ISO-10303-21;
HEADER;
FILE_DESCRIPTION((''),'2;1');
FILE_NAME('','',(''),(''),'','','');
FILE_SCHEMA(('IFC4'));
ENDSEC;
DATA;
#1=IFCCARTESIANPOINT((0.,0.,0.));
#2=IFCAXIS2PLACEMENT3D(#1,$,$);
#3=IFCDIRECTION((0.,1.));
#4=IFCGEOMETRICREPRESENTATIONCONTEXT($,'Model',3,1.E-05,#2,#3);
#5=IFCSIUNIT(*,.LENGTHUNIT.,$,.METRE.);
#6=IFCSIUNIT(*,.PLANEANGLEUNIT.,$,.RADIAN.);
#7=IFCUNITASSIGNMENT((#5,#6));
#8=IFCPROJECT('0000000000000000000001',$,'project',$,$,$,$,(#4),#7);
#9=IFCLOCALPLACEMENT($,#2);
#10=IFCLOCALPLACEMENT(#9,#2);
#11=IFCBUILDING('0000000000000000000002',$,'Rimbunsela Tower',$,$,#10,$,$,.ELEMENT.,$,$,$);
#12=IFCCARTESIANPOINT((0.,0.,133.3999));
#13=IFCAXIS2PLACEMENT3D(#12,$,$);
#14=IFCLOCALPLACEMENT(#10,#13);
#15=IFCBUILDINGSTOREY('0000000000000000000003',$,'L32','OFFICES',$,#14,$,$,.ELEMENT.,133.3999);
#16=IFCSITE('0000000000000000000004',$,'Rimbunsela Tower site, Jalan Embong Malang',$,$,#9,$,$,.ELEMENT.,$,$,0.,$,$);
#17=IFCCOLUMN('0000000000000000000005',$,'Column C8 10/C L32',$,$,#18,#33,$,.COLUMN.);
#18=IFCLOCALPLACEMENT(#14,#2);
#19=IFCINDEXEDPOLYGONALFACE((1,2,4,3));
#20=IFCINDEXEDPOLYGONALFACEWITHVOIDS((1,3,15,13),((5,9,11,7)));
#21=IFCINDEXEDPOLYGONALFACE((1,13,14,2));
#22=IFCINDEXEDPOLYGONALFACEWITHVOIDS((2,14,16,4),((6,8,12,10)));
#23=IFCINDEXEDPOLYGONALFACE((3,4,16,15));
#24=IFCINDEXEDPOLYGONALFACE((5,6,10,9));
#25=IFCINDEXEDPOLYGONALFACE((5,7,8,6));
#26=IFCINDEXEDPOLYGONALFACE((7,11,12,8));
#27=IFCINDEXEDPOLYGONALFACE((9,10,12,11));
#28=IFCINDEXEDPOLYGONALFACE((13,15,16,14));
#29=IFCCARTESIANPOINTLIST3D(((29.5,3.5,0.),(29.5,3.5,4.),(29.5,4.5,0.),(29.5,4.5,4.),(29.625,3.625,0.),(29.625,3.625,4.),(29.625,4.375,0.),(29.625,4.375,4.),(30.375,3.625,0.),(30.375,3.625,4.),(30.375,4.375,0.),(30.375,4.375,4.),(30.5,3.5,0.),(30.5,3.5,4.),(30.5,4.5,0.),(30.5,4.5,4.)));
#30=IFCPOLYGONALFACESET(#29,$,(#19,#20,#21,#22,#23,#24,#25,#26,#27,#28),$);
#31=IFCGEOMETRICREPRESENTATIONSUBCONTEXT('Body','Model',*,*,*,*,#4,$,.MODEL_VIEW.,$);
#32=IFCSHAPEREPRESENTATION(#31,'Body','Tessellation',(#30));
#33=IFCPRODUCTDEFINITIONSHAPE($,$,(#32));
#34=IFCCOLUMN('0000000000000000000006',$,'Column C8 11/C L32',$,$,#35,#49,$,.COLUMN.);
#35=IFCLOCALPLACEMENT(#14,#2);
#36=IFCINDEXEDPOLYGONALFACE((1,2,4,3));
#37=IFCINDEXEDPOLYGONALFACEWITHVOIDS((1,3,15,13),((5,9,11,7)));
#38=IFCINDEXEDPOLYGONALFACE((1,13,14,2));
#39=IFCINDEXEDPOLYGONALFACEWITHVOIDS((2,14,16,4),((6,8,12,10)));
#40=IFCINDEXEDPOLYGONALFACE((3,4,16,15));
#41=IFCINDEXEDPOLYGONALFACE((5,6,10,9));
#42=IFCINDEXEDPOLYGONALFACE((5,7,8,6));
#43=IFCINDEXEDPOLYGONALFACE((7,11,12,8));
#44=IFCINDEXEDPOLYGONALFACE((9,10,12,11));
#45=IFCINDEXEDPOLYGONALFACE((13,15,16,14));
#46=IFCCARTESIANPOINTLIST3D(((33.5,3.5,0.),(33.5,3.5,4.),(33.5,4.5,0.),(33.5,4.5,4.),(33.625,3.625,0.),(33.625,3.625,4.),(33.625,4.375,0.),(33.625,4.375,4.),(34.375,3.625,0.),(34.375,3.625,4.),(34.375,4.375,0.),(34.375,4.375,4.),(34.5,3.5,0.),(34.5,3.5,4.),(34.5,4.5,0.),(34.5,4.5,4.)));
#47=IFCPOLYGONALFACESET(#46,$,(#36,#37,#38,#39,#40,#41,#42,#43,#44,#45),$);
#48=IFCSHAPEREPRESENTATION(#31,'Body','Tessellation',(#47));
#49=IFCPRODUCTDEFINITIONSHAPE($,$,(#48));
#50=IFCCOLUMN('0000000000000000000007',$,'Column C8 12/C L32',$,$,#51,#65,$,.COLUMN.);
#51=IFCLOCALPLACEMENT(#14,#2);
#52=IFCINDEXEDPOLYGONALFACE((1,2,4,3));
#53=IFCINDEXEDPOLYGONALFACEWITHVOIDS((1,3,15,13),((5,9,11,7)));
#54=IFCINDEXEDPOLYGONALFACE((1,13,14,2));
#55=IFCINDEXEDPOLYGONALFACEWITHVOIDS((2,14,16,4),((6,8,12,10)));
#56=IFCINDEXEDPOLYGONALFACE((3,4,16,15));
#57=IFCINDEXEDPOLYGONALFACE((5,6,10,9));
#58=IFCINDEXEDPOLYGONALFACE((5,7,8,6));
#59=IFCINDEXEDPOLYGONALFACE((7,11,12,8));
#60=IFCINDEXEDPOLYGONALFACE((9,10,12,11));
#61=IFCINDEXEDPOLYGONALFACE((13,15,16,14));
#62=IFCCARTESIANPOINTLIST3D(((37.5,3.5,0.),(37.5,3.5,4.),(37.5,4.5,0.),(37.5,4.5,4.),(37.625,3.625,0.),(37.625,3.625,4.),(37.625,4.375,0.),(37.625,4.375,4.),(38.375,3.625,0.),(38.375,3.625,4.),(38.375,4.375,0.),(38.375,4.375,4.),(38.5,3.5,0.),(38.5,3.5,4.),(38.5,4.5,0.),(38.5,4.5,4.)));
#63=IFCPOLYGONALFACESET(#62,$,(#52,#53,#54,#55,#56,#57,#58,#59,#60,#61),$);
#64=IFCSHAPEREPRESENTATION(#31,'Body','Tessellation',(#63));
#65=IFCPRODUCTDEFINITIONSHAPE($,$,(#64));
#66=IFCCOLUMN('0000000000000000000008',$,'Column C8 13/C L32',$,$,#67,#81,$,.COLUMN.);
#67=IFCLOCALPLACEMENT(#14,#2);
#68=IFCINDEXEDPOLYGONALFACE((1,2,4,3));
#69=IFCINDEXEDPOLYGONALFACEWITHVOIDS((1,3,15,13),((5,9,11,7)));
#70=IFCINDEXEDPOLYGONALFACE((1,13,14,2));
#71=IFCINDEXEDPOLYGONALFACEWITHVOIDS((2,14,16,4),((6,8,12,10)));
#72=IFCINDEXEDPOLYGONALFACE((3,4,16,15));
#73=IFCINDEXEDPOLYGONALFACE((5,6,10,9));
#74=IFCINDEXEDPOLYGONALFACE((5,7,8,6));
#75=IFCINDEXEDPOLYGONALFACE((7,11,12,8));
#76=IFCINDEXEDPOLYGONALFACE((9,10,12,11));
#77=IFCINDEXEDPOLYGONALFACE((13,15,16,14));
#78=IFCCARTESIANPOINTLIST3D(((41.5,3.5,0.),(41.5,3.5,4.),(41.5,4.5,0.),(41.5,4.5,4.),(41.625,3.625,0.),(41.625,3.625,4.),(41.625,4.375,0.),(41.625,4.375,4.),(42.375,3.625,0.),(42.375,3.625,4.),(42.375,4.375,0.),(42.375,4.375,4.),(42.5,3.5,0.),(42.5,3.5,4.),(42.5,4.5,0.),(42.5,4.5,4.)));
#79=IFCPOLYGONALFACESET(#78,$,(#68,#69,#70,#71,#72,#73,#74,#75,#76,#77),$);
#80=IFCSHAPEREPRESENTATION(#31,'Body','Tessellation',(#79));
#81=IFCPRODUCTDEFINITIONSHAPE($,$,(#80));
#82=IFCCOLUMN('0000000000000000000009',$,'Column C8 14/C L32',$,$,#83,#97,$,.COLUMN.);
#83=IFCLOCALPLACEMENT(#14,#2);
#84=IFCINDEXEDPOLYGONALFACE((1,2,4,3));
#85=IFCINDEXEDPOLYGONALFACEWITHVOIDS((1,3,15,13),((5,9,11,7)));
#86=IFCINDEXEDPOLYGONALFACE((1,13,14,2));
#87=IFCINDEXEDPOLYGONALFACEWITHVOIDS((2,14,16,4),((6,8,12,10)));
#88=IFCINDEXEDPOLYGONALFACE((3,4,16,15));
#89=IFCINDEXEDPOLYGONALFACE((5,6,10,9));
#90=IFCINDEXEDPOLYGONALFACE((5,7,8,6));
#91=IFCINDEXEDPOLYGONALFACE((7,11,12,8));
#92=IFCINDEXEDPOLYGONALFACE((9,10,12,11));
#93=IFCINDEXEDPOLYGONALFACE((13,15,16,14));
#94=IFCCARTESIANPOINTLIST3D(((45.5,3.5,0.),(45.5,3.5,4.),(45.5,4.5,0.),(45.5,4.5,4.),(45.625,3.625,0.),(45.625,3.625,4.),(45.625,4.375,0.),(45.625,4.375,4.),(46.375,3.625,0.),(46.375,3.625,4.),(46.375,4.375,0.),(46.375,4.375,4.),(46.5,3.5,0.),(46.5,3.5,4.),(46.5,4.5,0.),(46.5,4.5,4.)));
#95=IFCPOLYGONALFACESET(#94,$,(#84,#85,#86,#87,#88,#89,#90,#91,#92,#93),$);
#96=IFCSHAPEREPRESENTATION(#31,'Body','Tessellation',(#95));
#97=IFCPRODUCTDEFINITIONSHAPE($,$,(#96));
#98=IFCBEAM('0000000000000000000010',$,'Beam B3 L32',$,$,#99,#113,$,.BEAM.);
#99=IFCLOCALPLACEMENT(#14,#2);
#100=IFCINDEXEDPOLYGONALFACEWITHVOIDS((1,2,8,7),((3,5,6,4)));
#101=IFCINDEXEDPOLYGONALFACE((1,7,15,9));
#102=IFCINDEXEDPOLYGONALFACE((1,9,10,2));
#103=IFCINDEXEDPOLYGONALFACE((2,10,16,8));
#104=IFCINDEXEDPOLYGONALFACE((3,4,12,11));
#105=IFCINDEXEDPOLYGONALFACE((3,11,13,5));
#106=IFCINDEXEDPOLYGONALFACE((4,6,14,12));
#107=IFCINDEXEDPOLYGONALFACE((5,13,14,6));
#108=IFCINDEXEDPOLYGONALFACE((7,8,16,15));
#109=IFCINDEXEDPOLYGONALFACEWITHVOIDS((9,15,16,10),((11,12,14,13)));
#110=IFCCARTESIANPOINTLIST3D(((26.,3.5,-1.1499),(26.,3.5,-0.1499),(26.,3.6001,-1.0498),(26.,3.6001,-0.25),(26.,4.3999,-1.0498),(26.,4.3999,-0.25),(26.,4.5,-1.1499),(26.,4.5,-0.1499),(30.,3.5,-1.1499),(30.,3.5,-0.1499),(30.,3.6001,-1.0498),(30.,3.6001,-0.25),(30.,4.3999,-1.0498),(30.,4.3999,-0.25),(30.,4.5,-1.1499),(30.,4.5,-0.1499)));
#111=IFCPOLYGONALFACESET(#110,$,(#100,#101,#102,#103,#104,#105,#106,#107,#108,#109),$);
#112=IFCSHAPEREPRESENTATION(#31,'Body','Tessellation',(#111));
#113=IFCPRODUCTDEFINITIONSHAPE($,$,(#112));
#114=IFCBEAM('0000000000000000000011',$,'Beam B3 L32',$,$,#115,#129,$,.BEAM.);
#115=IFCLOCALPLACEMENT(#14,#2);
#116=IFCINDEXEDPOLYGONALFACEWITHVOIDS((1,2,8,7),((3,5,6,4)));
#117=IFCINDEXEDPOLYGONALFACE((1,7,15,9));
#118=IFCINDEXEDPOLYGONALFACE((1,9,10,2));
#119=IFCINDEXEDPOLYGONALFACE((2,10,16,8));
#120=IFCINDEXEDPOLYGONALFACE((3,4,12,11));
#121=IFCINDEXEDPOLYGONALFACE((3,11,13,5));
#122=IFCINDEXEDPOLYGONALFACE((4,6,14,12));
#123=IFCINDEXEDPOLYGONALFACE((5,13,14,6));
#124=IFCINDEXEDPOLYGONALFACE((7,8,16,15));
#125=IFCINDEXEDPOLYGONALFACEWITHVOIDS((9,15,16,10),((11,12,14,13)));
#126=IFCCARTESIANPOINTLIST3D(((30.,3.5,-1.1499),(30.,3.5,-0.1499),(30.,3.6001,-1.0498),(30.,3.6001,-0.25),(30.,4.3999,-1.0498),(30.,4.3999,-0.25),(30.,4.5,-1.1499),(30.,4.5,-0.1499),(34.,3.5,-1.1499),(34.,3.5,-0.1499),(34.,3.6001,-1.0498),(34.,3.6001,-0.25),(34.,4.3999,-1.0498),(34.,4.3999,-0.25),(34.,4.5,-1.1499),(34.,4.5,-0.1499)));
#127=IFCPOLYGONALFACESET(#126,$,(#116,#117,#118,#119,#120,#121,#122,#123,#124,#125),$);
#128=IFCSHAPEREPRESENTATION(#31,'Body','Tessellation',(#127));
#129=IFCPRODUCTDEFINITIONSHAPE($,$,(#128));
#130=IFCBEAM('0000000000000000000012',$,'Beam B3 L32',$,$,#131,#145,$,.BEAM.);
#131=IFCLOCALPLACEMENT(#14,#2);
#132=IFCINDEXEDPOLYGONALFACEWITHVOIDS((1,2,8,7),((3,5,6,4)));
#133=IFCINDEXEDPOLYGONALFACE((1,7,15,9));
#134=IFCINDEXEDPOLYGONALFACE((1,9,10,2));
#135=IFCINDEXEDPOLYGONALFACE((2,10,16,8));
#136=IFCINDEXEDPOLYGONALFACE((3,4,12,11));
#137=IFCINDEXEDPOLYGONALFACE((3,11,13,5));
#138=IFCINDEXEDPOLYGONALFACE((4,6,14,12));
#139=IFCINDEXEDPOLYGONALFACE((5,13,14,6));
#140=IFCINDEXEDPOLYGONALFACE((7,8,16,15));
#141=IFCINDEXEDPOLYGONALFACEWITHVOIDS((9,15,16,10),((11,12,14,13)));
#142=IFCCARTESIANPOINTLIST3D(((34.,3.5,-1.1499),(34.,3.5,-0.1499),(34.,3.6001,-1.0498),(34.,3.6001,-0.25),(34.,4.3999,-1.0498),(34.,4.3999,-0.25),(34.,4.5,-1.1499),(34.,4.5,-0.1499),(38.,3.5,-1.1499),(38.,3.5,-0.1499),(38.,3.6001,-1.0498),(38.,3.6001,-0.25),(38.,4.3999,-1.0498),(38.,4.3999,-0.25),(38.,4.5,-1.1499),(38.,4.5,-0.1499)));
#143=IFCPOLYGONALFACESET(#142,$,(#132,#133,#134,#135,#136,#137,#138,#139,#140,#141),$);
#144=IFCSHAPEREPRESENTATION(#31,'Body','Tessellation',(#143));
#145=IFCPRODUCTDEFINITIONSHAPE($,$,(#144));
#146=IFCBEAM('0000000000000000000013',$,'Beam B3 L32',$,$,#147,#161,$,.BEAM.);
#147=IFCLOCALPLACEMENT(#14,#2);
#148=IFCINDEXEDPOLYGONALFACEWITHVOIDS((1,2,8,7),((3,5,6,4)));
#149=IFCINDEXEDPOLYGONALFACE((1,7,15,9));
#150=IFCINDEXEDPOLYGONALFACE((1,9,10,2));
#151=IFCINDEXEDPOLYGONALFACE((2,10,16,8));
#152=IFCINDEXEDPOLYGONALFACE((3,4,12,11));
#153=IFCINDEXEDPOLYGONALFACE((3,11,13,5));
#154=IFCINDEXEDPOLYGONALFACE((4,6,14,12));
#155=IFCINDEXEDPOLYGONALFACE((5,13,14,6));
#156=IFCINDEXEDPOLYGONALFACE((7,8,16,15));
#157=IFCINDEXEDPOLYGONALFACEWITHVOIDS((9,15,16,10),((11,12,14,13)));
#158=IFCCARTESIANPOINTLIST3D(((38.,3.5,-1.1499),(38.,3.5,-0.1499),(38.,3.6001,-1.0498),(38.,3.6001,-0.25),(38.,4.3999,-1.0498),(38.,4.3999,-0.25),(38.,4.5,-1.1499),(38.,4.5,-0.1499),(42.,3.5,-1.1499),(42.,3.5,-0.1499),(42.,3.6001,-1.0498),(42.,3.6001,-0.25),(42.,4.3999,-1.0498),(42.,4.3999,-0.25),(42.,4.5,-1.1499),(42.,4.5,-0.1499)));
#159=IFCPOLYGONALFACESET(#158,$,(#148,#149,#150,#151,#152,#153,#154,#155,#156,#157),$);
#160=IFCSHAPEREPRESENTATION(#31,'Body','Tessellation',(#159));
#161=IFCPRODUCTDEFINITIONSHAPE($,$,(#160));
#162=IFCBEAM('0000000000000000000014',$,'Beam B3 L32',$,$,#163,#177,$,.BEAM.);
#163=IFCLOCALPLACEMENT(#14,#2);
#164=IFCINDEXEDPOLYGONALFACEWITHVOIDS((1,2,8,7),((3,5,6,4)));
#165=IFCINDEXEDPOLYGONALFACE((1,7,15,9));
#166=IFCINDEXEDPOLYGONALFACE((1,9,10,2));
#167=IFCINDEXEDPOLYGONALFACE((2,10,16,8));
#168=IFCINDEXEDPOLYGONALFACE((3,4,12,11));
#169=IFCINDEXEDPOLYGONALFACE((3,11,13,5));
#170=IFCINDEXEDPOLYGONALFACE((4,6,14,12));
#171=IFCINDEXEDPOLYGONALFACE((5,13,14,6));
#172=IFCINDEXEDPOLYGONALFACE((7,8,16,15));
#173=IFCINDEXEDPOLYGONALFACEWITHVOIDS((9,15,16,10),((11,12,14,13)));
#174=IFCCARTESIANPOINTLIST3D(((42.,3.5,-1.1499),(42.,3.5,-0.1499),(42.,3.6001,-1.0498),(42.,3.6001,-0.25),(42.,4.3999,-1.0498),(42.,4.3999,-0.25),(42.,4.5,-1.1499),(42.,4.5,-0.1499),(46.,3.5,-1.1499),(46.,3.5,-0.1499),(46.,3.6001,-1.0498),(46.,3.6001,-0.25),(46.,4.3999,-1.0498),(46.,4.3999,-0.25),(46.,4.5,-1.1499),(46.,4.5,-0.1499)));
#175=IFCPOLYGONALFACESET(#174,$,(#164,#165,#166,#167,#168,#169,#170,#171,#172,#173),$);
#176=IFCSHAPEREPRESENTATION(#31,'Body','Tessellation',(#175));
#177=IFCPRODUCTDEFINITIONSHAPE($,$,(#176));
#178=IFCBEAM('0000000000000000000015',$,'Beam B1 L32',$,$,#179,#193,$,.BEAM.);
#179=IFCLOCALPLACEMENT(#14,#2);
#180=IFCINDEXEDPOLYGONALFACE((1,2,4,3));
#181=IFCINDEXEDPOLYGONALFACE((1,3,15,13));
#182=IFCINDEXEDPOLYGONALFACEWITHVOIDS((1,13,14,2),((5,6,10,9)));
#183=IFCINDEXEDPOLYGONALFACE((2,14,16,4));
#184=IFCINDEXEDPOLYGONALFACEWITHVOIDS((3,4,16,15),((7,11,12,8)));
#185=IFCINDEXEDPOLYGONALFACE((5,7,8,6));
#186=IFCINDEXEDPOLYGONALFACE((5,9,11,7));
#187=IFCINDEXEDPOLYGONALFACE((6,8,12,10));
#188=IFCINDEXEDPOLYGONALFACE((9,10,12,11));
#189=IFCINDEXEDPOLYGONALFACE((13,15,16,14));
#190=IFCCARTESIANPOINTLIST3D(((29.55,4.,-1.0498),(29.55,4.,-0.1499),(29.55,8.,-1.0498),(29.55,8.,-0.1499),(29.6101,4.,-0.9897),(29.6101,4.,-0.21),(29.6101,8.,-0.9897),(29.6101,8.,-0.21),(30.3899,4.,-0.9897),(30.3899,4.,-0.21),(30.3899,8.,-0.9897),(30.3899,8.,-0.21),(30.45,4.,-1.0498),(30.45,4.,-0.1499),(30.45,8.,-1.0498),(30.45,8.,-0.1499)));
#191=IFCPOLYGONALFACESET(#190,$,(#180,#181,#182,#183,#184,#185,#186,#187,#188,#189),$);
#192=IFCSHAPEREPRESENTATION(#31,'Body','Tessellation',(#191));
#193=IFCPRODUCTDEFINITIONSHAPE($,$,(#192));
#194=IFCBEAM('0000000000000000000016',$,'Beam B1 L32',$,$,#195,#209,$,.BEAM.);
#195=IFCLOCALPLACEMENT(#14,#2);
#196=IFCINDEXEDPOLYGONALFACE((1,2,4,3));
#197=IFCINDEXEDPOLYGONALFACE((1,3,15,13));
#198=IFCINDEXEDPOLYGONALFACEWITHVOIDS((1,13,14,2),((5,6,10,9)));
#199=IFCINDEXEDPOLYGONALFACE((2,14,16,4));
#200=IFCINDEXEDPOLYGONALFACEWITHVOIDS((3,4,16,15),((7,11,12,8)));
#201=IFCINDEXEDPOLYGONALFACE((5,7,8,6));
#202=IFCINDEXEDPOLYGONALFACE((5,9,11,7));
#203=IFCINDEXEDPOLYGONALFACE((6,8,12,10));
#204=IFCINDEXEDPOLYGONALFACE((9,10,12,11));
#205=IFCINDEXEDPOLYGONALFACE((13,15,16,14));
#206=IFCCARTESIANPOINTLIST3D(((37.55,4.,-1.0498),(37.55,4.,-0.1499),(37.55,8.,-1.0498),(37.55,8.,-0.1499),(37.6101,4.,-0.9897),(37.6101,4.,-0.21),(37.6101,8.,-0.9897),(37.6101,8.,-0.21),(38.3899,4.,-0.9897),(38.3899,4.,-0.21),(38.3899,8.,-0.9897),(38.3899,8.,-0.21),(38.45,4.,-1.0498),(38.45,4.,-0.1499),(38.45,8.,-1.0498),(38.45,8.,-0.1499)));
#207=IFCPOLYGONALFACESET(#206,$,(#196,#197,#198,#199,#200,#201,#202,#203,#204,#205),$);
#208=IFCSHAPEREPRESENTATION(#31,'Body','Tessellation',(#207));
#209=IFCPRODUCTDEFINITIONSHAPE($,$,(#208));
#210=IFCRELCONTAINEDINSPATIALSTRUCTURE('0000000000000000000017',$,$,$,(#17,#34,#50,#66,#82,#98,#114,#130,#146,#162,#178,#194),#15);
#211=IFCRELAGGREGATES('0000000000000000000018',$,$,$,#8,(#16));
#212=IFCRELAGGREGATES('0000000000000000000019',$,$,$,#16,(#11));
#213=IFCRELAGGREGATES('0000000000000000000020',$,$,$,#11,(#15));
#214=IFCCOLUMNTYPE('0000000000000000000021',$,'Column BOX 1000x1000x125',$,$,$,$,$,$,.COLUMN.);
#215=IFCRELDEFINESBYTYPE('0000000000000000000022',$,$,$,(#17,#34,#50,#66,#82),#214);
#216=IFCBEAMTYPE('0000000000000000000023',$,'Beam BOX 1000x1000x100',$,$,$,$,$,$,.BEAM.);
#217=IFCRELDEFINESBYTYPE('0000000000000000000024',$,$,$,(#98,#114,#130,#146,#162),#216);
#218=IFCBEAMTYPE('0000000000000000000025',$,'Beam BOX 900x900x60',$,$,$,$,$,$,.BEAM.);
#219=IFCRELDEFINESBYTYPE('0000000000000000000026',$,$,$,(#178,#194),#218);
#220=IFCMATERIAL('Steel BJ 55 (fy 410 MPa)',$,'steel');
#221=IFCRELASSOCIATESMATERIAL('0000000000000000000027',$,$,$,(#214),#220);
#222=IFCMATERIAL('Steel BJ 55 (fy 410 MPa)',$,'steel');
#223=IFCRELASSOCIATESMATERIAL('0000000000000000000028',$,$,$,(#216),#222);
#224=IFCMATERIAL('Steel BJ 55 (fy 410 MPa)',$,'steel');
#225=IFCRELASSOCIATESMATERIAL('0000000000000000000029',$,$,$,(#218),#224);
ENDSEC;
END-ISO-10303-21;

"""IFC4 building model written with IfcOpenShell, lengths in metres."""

from ifc_helpers import new_model, si_unit, direction, frame, origin, origin_2d, place, context, subcontext, project, spatial, hollow_rectangle, extrude, material, material_profile, profile_set, type_object, element, save


model = new_model("IFC4")

# Units and contexts
model_context = context("Model", 3, precision=1e-05, world=origin(), true_north=direction((0.0, 1.0)))
body_context = subcontext(model_context, "Body", "Model", "MODEL_VIEW")
ifc_project = project(units=[si_unit("LENGTHUNIT", "METRE"), si_unit("PLANEANGLEUNIT", "RADIAN")], contexts=[model_context])

# Site, building, storey
site_placement = place(None, origin())
site = spatial("IfcSite", under=ifc_project, at=site_placement, Name="Rimbunsela Tower site, Jalan Embong Malang", CompositionType="ELEMENT", RefElevation=0.0)
building_placement = place(site_placement, origin())
building = spatial("IfcBuilding", under=site, at=building_placement, Name="Rimbunsela Tower", CompositionType="ELEMENT")
storey_placement = place(building_placement, frame((0.0, 0.0, 133.3999)))
storey = spatial("IfcBuildingStorey", under=building, at=storey_placement, Name="L32", Description="OFFICES", CompositionType="ELEMENT", Elevation=133.3999)

# Columns
ifc_material_1 = material(Name="Steel BJ 55 (fy 410 MPa)", Category="steel")
ifc_material_profile_1 = material_profile(ifc_material_1, hollow_rectangle(XDim=1.0, YDim=1.0, WallThickness=0.125, at=origin_2d()), Name="BOX 1000x1000x125")
ifc_profile_set_1 = profile_set([ifc_material_profile_1], Name="Steel BJ 55 (fy 410 MPa)")
column_type = type_object("IfcColumnType", Name="Column BOX 1000x1000x125", PredefinedType="COLUMN", material=ifc_profile_set_1)
for number, where, z_axis, x_axis, name in (
    (1, (30.0, 4.0, 0.0), (0.0, 0.0, 1.0), (1.0, 0.0, 0.0), "Column C8 10/C L32"),
    (2, (34.0, 4.0, 0.0), (0.0, 0.0, 1.0), (1.0, 0.0, 0.0), "Column C8 11/C L32"),
    (3, (38.0, 4.0, 0.0), (0.0, 0.0, 1.0), (1.0, 0.0, 0.0), "Column C8 12/C L32"),
    (4, (42.0, 4.0, 0.0), (0.0, 0.0, 1.0), (1.0, 0.0, 0.0), "Column C8 13/C L32"),
    (5, (46.0, 4.0, 0.0), (0.0, 0.0, 1.0), (1.0, 0.0, 0.0), "Column C8 14/C L32"),
):
    element("IfcColumn", number, at=place(storey_placement, frame(where, z_axis=z_axis, x_axis=x_axis)), inside=storey, type_object=column_type, Name=name, PredefinedType="COLUMN", context=body_context, shape_type="SweptSolid", body=[
        extrude(hollow_rectangle(XDim=1.0, YDim=1.0, WallThickness=0.125, at=origin_2d()), origin(), (0.0, 0.0, 1.0), 4.0),
    ])

# Beams
ifc_material_2 = material(Name="Steel BJ 55 (fy 410 MPa)", Category="steel")
ifc_material_profile_2 = material_profile(ifc_material_2, hollow_rectangle(XDim=1.0, YDim=1.0, WallThickness=0.1001, at=origin_2d()), Name="BOX 1000x1000x100")
ifc_profile_set_2 = profile_set([ifc_material_profile_2], Name="Steel BJ 55 (fy 410 MPa)")
beam_type_1 = type_object("IfcBeamType", Name="Beam BOX 1000x1000x100", PredefinedType="BEAM", material=ifc_profile_set_2)
for number, where, z_axis, x_axis, name in (
    (6, (26.0, 4.0, -0.6499), (1.0, 0.0, 0.0), (0.0, 1.0, 0.0), "Beam B3 L32"),
    (7, (30.0, 4.0, -0.6499), (1.0, 0.0, 0.0), (0.0, 1.0, 0.0), "Beam B3 L32"),
    (8, (34.0, 4.0, -0.6499), (1.0, 0.0, 0.0), (0.0, 1.0, 0.0), "Beam B3 L32"),
    (9, (38.0, 4.0, -0.6499), (1.0, 0.0, 0.0), (0.0, 1.0, 0.0), "Beam B3 L32"),
    (10, (42.0, 4.0, -0.6499), (1.0, 0.0, 0.0), (0.0, 1.0, 0.0), "Beam B3 L32"),
):
    element("IfcBeam", number, at=place(storey_placement, frame(where, z_axis=z_axis, x_axis=x_axis)), inside=storey, type_object=beam_type_1, Name=name, PredefinedType="BEAM", context=body_context, shape_type="SweptSolid", body=[
        extrude(hollow_rectangle(XDim=1.0, YDim=1.0, WallThickness=0.1001, at=origin_2d()), origin(), (0.0, 0.0, 1.0), 4.0),
    ])
ifc_material_3 = material(Name="Steel BJ 55 (fy 410 MPa)", Category="steel")
ifc_material_profile_3 = material_profile(ifc_material_3, hollow_rectangle(XDim=0.8999, YDim=0.8999, WallThickness=0.0601, at=origin_2d()), Name="BOX 900x900x60")
ifc_profile_set_3 = profile_set([ifc_material_profile_3], Name="Steel BJ 55 (fy 410 MPa)")
beam_type_2 = type_object("IfcBeamType", Name="Beam BOX 900x900x60", PredefinedType="BEAM", material=ifc_profile_set_3)
for number, where, z_axis, x_axis, name in (
    (11, (30.0, 4.0, -0.5999), (0.0, 1.0, 0.0), (-1.0, 0.0, 0.0), "Beam B1 L32"),
    (12, (38.0, 4.0, -0.5999), (0.0, 1.0, 0.0), (-1.0, 0.0, 0.0), "Beam B1 L32"),
):
    element("IfcBeam", number, at=place(storey_placement, frame(where, z_axis=z_axis, x_axis=x_axis)), inside=storey, type_object=beam_type_2, Name=name, PredefinedType="BEAM", context=body_context, shape_type="SweptSolid", body=[
        extrude(hollow_rectangle(XDim=0.8999, YDim=0.8999, WallThickness=0.0601, at=origin_2d()), origin(), (0.0, 0.0, 1.0), 4.0),
    ])

save(model, "model.ifc")
